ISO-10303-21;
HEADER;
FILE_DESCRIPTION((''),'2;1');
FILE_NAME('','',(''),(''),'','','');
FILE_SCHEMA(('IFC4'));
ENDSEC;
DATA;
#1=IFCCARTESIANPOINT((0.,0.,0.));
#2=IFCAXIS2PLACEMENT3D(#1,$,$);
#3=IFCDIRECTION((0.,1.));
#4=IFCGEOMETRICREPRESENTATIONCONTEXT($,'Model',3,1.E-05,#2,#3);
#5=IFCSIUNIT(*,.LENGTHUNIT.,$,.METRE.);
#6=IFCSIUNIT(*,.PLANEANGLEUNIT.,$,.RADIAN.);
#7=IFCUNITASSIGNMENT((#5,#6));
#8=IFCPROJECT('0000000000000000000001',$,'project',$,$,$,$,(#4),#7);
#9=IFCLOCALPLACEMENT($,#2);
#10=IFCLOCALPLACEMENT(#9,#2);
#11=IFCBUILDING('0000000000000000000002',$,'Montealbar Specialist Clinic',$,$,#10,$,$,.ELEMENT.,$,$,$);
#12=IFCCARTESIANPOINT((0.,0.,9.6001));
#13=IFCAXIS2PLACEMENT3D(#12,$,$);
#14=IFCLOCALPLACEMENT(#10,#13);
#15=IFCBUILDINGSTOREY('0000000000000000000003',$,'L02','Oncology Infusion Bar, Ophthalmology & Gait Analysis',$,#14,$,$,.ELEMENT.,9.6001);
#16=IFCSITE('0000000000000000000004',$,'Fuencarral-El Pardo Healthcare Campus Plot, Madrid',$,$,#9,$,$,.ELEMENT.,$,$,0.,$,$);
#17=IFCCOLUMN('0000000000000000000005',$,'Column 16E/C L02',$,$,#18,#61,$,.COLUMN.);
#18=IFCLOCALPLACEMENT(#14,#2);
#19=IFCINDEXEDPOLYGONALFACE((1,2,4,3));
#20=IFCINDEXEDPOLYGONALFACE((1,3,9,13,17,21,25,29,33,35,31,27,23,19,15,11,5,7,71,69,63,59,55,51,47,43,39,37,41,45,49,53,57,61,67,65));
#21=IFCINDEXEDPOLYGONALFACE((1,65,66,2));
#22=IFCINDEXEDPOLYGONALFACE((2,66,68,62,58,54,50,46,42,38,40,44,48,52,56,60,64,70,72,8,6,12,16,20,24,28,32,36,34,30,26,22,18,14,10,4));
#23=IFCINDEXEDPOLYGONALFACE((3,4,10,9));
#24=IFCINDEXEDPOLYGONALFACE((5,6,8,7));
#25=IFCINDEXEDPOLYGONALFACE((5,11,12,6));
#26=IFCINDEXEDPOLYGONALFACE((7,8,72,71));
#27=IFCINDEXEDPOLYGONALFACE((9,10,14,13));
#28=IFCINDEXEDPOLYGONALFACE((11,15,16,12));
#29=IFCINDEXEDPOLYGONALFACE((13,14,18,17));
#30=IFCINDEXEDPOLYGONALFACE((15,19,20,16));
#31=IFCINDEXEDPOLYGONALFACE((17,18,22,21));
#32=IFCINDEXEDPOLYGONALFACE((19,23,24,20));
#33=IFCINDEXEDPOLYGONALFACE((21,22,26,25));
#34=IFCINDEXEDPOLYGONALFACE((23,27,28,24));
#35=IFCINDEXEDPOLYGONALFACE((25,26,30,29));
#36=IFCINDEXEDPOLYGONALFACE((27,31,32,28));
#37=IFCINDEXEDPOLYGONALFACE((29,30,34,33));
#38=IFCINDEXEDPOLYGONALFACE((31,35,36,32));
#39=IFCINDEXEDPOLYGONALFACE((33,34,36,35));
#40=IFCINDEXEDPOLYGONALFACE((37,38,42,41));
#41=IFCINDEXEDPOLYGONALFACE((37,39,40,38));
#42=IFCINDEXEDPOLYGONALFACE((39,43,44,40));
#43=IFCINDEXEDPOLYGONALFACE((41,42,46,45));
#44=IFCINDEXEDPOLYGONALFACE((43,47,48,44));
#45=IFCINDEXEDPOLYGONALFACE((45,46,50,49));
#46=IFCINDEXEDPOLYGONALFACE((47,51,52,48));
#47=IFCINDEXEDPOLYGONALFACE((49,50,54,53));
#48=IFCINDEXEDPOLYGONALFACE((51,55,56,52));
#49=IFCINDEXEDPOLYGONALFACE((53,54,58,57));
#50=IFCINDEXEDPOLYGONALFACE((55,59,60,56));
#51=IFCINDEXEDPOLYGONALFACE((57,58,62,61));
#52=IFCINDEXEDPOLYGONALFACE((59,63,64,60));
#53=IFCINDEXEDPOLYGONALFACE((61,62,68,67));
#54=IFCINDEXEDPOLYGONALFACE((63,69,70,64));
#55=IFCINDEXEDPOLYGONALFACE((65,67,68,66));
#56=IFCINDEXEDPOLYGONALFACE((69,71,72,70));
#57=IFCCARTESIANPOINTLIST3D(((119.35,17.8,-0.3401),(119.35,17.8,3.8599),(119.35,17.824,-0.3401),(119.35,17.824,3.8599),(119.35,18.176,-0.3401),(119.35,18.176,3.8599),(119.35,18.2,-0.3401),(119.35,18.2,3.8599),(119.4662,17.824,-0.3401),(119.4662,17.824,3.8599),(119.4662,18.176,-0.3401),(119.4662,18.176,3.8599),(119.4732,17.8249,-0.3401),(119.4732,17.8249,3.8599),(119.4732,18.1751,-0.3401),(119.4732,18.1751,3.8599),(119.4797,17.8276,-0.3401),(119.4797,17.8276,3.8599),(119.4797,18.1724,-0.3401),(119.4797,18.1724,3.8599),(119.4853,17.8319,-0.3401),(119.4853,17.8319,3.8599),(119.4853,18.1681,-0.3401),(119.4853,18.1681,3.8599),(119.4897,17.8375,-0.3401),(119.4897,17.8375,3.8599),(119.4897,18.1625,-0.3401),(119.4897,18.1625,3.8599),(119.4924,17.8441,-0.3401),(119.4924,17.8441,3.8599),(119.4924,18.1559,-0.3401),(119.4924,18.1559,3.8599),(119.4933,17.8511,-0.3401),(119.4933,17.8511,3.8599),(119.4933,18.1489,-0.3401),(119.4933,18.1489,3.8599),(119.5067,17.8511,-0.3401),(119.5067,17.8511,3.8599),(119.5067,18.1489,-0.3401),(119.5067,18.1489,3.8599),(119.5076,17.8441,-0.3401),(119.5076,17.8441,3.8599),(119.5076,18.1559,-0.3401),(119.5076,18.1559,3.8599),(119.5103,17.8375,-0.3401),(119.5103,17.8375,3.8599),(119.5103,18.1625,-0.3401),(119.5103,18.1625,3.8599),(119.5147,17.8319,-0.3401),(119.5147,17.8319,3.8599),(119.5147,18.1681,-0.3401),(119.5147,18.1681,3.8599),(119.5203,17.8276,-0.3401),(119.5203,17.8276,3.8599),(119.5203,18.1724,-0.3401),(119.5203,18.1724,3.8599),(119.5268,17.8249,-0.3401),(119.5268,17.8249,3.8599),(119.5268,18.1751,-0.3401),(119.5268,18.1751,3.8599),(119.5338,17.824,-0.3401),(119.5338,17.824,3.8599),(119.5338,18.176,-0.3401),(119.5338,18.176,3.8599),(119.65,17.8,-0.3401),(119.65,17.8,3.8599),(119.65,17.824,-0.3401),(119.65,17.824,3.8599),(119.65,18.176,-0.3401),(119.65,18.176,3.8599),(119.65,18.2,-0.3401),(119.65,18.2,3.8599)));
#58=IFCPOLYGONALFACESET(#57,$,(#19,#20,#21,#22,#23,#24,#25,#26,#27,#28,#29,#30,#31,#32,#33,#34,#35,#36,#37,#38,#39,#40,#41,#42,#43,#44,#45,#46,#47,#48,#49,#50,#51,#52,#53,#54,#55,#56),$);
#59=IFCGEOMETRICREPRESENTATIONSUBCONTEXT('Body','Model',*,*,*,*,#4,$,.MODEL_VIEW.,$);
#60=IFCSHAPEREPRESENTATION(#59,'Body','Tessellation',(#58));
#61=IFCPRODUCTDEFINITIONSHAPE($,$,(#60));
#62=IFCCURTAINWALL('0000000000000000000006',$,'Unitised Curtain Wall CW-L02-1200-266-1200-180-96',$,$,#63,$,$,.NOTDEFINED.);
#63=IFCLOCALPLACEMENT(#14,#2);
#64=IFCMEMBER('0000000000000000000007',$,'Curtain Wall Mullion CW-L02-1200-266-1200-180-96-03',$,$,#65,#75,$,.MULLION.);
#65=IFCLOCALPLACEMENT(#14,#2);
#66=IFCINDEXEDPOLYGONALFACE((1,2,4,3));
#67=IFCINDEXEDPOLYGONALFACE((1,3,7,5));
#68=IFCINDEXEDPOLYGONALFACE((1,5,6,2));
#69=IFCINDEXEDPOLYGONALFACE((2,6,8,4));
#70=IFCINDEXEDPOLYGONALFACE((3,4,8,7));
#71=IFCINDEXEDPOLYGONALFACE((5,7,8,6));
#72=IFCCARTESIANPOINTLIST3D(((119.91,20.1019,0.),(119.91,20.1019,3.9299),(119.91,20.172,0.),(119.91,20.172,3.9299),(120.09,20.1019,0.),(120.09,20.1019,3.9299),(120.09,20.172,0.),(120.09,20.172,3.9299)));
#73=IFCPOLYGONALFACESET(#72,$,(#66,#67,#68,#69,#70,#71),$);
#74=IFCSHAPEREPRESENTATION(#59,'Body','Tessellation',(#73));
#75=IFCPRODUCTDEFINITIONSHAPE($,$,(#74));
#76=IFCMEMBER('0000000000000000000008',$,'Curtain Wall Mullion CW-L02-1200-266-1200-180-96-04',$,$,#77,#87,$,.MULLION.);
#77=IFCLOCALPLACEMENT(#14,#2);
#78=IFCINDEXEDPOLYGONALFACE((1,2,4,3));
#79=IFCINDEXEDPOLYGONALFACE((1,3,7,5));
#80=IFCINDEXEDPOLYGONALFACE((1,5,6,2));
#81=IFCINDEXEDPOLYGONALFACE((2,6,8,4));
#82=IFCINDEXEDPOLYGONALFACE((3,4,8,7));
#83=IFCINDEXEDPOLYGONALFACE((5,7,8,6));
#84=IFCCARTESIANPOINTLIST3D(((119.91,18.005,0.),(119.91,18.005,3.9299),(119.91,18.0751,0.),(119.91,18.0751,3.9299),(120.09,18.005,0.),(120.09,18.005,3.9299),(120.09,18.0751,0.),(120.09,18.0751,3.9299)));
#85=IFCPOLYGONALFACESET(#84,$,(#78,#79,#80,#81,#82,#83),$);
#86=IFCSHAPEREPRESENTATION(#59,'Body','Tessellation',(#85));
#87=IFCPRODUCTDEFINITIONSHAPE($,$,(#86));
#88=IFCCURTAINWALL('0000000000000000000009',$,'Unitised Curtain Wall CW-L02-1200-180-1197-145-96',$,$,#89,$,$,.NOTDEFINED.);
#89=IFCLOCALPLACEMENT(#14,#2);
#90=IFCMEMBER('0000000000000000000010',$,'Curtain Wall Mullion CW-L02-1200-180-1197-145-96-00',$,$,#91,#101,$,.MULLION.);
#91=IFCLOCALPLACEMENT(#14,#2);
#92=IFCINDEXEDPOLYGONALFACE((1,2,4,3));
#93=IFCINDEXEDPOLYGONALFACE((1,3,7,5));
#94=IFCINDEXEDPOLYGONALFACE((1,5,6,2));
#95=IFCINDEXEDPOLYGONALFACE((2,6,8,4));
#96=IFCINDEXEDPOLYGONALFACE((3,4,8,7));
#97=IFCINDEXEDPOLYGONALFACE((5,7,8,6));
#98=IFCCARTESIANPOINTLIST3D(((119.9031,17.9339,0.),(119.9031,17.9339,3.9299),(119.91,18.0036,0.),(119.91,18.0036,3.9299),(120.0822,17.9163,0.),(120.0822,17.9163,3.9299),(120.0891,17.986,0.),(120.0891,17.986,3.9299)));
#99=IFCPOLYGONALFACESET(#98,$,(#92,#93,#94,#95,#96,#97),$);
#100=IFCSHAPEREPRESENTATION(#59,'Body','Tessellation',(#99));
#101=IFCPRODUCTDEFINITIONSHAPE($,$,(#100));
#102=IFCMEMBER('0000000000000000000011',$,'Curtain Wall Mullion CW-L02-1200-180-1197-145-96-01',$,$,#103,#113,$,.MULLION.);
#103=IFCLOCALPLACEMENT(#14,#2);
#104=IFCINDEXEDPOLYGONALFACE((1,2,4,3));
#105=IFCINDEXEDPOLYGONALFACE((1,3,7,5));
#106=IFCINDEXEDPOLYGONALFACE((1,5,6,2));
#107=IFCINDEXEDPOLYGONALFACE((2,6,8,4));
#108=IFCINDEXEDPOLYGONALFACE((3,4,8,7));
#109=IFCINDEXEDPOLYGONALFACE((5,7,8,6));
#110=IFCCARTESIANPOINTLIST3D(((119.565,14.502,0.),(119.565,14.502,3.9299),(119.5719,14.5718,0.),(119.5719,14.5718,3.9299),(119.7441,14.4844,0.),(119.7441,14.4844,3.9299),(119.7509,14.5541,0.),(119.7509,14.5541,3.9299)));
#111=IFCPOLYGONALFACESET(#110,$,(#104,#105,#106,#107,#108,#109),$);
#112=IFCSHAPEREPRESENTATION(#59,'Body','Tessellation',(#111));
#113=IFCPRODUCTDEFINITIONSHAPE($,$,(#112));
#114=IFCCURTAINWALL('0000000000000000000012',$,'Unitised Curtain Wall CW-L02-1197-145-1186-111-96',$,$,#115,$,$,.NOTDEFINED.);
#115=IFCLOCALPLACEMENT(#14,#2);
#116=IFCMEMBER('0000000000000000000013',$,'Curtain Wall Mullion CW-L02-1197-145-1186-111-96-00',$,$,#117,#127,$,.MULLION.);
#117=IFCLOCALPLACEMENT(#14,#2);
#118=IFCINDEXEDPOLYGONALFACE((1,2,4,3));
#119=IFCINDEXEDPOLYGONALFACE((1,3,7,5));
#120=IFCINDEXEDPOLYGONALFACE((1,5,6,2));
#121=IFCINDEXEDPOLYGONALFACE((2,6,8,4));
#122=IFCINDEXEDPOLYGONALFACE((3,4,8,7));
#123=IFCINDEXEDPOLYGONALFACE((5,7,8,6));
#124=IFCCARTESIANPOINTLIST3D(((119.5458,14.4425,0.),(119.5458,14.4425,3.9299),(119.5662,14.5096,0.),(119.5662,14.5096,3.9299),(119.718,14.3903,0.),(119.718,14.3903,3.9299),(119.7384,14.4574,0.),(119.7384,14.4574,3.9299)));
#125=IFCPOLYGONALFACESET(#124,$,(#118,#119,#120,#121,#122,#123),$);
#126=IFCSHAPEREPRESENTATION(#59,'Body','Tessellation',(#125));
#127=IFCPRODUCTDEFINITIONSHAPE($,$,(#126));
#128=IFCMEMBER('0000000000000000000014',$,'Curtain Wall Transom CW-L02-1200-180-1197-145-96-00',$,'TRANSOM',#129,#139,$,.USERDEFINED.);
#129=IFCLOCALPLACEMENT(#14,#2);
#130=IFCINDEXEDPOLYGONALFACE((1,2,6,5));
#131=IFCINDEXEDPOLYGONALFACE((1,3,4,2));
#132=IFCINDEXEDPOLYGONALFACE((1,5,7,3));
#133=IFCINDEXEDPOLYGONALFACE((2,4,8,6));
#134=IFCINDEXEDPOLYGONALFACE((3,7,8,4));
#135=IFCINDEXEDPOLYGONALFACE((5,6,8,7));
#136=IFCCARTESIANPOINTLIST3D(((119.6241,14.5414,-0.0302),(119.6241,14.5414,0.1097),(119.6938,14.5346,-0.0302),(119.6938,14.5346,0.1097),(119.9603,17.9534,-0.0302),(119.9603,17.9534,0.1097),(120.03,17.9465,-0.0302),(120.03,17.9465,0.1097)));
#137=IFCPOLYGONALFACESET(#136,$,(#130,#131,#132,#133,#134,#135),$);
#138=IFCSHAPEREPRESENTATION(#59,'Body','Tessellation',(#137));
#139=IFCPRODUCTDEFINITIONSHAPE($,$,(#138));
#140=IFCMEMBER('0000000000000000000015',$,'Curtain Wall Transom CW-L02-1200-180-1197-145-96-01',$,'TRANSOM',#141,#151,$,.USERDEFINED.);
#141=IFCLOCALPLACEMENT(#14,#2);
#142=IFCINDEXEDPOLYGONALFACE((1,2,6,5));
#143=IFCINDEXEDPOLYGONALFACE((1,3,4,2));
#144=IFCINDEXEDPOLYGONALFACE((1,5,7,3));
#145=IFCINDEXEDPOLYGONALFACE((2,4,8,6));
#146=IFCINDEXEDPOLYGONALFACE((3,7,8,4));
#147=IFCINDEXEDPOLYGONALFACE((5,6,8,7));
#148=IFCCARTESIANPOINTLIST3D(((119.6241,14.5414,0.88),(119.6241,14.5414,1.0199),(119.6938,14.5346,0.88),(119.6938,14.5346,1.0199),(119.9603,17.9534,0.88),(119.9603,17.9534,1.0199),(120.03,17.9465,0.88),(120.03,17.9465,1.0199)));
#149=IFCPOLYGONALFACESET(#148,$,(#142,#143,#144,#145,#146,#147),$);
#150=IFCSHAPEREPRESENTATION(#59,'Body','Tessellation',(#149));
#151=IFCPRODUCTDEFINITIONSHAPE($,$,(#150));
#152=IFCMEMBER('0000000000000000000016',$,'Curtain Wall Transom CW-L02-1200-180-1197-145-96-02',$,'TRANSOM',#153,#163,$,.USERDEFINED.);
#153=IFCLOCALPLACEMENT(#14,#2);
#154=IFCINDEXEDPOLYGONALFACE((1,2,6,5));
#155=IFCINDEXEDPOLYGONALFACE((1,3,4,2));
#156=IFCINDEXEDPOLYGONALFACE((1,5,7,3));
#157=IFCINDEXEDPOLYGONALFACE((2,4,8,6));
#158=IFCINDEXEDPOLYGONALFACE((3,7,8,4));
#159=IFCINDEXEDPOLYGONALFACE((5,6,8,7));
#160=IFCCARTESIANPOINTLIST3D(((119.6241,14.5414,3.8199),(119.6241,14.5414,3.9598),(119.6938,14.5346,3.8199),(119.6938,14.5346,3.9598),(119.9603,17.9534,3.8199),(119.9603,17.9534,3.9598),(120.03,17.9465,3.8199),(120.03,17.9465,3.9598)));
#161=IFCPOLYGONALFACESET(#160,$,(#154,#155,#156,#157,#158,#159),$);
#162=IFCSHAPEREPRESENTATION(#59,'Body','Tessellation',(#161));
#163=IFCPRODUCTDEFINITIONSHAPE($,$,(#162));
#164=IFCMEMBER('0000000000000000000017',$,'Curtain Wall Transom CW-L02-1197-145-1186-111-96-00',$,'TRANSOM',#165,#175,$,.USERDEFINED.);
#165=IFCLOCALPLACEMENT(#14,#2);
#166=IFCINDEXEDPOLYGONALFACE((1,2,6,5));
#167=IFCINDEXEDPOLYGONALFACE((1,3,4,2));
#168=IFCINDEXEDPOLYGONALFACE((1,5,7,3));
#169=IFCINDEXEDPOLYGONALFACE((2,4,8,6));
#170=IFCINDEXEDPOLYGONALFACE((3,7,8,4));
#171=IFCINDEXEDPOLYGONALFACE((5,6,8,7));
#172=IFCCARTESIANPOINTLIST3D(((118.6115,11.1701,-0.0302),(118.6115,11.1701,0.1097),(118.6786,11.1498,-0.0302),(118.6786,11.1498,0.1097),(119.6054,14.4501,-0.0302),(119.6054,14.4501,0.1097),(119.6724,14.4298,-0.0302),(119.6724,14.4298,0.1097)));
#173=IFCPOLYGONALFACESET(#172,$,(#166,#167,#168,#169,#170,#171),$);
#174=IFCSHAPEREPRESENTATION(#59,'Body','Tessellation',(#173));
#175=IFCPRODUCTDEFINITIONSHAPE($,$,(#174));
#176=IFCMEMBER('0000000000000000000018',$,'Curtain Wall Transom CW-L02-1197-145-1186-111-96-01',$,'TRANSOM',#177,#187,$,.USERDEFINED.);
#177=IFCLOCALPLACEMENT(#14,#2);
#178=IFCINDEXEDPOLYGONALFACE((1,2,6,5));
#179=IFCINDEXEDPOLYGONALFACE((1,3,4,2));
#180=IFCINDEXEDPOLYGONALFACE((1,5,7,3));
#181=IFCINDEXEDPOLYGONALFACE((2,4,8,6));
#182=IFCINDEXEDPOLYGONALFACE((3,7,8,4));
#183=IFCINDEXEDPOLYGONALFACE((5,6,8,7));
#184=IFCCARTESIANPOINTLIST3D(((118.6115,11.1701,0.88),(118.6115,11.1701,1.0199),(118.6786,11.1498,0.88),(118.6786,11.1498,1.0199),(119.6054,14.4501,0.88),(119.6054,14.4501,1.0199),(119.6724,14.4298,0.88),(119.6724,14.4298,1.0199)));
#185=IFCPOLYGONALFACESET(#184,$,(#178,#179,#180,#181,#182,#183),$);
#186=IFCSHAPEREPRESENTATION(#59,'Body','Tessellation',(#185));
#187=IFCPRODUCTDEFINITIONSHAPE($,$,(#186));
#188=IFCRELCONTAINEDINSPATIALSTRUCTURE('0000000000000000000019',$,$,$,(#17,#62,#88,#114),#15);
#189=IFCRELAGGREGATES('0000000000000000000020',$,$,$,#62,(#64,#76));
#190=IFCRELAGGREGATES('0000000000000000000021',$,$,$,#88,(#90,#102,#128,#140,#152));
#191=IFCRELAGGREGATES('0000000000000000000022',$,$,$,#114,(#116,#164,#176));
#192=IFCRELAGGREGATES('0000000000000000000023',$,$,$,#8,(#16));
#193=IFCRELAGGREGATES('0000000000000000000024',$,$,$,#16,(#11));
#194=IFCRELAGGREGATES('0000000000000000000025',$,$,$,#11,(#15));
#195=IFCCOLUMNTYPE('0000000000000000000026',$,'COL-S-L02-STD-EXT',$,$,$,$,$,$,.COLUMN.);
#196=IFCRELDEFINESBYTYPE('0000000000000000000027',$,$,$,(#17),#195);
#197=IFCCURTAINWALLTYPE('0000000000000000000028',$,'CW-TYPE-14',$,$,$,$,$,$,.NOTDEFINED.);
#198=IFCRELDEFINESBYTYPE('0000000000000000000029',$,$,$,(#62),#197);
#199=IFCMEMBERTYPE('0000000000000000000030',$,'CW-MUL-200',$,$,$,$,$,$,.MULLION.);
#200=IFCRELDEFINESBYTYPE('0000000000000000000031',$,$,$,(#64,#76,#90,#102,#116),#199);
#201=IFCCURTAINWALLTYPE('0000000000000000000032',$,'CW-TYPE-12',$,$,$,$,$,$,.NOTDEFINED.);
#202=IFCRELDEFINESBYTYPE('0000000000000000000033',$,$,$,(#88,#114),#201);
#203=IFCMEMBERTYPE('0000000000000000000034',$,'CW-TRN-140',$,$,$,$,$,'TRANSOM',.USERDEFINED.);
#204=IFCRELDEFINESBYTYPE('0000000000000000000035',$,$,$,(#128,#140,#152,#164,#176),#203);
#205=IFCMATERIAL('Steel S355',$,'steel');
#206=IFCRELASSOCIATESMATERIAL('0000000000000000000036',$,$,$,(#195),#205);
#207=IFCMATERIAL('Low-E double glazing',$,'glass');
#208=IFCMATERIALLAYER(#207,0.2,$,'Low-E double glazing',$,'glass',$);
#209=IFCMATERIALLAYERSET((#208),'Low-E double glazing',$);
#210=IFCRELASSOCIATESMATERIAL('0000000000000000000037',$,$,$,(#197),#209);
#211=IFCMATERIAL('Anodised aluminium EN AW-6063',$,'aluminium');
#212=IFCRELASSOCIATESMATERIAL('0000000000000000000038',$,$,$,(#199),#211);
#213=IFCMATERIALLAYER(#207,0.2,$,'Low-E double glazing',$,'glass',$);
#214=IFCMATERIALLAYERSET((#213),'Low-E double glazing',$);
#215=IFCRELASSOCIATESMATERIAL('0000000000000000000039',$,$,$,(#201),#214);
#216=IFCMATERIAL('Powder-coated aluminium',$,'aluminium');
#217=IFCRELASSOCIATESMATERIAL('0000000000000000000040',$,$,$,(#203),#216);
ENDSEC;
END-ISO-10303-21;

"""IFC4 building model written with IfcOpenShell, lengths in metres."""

from ifc_helpers import new_model, si_unit, direction, frame, origin, origin_2d, place, context, subcontext, project, spatial, rectangle, i_section, extrude, material, layer, layer_set, material_profile, profile_set, type_object, element, aggregate, save


model = new_model("IFC4")

# Units and contexts
model_context = context("Model", 3, precision=1e-05, world=origin(), true_north=direction((0.0, 1.0)))
body_context = subcontext(model_context, "Body", "Model", "MODEL_VIEW")
ifc_project = project(units=[si_unit("LENGTHUNIT", "METRE"), si_unit("PLANEANGLEUNIT", "RADIAN")], contexts=[model_context])

# Site, building, storey
site_placement = place(None, origin())
site = spatial("IfcSite", under=ifc_project, at=site_placement, Name="Fuencarral-El Pardo Healthcare Campus Plot, Madrid", CompositionType="ELEMENT", RefElevation=0.0)
building_placement = place(site_placement, origin())
building = spatial("IfcBuilding", under=site, at=building_placement, Name="Montealbar Specialist Clinic", CompositionType="ELEMENT")
storey_placement = place(building_placement, frame((0.0, 0.0, 9.6001)))
storey = spatial("IfcBuildingStorey", under=building, at=storey_placement, Name="L02", Description="Oncology Infusion Bar, Ophthalmology & Gait Analysis", CompositionType="ELEMENT", Elevation=9.6001)

# Column
ifc_material_1 = material(Name="Steel S355", Category="steel")
ifc_material_profile_1 = material_profile(ifc_material_1, i_section(OverallWidth=0.3, OverallDepth=0.3999, WebThickness=0.0134, FlangeThickness=0.0239, FilletRadius=0.0271, at=origin_2d()), Name="HEB 400", Category="steel")
ifc_profile_set_1 = profile_set([ifc_material_profile_1], Name="Steel S355")
column_type = type_object("IfcColumnType", Name="COL-S-L02-STD-EXT", PredefinedType="COLUMN", material=ifc_profile_set_1)
column_placement = place(storey_placement, frame((119.5, 18.0, -0.3401), z_axis=(0.0, 0.0, 1.0), x_axis=(1.0, 0.0, 0.0)))
element("IfcColumn", 1, at=column_placement, inside=storey, type_object=column_type, Name="Column 16E/C L02", PredefinedType="COLUMN", context=body_context, shape_type="SweptSolid", body=[
    extrude(i_section(OverallWidth=0.3, OverallDepth=0.3999, WebThickness=0.0134, FlangeThickness=0.0239, FilletRadius=0.0271, at=origin_2d()), origin(), (0.0, 0.0, 1.0), 4.2),
])

# Curtain walls, members
ifc_material_2 = material(Name="Low-E double glazing", Category="glass")
ifc_layer_1 = layer(ifc_material_2, 0.2, Name="Low-E double glazing", Category="glass")
ifc_layer_set_1 = layer_set([ifc_layer_1], Name="Low-E double glazing")
curtain_wall_type_1 = type_object("IfcCurtainWallType", Name="CW-TYPE-14", PredefinedType="NOTDEFINED", material=ifc_layer_set_1)
curtain_wall_1_placement = place(storey_placement, origin())
curtain_wall_1 = element("IfcCurtainWall", 2, at=curtain_wall_1_placement, inside=storey, type_object=curtain_wall_type_1, Name="Unitised Curtain Wall CW-L02-1200-266-1200-180-96", PredefinedType="NOTDEFINED")
ifc_material_3 = material(Name="Anodised aluminium EN AW-6063", Category="aluminium")
ifc_material_profile_2 = material_profile(ifc_material_3, rectangle(XDim=0.0701, YDim=0.1799, at=origin_2d()), Name="ALU 70x180", Category="aluminium")
ifc_profile_set_2 = profile_set([ifc_material_profile_2], Name="Anodised aluminium EN AW-6063")
member_type_1 = type_object("IfcMemberType", Name="CW-MUL-200", PredefinedType="MULLION", material=ifc_profile_set_2)
member_1_placement = place(storey_placement, frame((120.0, 20.137, 0.0), z_axis=(0.0, 0.0, 1.0), x_axis=(0.0, -1.0, 0.0)))
member_1 = element("IfcMember", 3, at=member_1_placement, type_object=member_type_1, Name="Curtain Wall Mullion CW-L02-1200-266-1200-180-96-03", PredefinedType="MULLION", context=body_context, shape_type="SweptSolid", body=[
    extrude(rectangle(XDim=0.0701, YDim=0.1799, at=origin_2d()), origin(), (0.0, 0.0, 1.0), 3.9299),
])
member_2_placement = place(storey_placement, frame((120.0, 18.04, 0.0), z_axis=(0.0, 0.0, 1.0), x_axis=(0.0, -1.0, 0.0)))
member_2 = element("IfcMember", 4, at=member_2_placement, type_object=member_type_1, Name="Curtain Wall Mullion CW-L02-1200-266-1200-180-96-04", PredefinedType="MULLION", context=body_context, shape_type="SweptSolid", body=[
    extrude(rectangle(XDim=0.0701, YDim=0.1799, at=origin_2d()), origin(), (0.0, 0.0, 1.0), 3.9299),
])
ifc_layer_2 = layer(ifc_material_2, 0.2, Name="Low-E double glazing", Category="glass")
ifc_layer_set_2 = layer_set([ifc_layer_2], Name="Low-E double glazing")
curtain_wall_type_2 = type_object("IfcCurtainWallType", Name="CW-TYPE-12", PredefinedType="NOTDEFINED", material=ifc_layer_set_2)
curtain_wall_2_placement = place(storey_placement, origin())
curtain_wall_2 = element("IfcCurtainWall", 5, at=curtain_wall_2_placement, inside=storey, type_object=curtain_wall_type_2, Name="Unitised Curtain Wall CW-L02-1200-180-1197-145-96", PredefinedType="NOTDEFINED")
member_3_placement = place(storey_placement, frame((119.9961, 17.96, 0.0), z_axis=(0.0, 0.0, 1.0), x_axis=(-0.098045, -0.995182, 0.0)))
member_3 = element("IfcMember", 6, at=member_3_placement, type_object=member_type_1, Name="Curtain Wall Mullion CW-L02-1200-180-1197-145-96-00", PredefinedType="MULLION", context=body_context, shape_type="SweptSolid", body=[
    extrude(rectangle(XDim=0.0701, YDim=0.1799, at=origin_2d()), origin(), (0.0, 0.0, 1.0), 3.9299),
])
member_4_placement = place(storey_placement, frame((119.658, 14.5281, 0.0), z_axis=(0.0, 0.0, 1.0), x_axis=(-0.098045, -0.995182, 0.0)))
member_4 = element("IfcMember", 7, at=member_4_placement, type_object=member_type_1, Name="Curtain Wall Mullion CW-L02-1200-180-1197-145-96-01", PredefinedType="MULLION", context=body_context, shape_type="SweptSolid", body=[
    extrude(rectangle(XDim=0.0701, YDim=0.1799, at=origin_2d()), origin(), (0.0, 0.0, 1.0), 3.9299),
])

# Curtain wall, member
curtain_wall_3_placement = place(storey_placement, origin())
curtain_wall_3 = element("IfcCurtainWall", 8, at=curtain_wall_3_placement, inside=storey, type_object=curtain_wall_type_2, Name="Unitised Curtain Wall CW-L02-1197-145-1186-111-96", PredefinedType="NOTDEFINED")
member_5_placement = place(storey_placement, frame((119.6421, 14.45, 0.0), z_axis=(0.0, 0.0, 1.0), x_axis=(-0.290259, -0.956948, 0.0)))
member_5 = element("IfcMember", 9, at=member_5_placement, type_object=member_type_1, Name="Curtain Wall Mullion CW-L02-1197-145-1186-111-96-00", PredefinedType="MULLION", context=body_context, shape_type="SweptSolid", body=[
    extrude(rectangle(XDim=0.0701, YDim=0.1799, at=origin_2d()), origin(), (0.0, 0.0, 1.0), 3.9299),
])

# Members
ifc_material_4 = material(Name="Powder-coated aluminium", Category="aluminium")
ifc_material_profile_3 = material_profile(ifc_material_4, rectangle(XDim=0.0701, YDim=0.1399, at=origin_2d()), Name="ALU 70x140", Category="aluminium")
ifc_profile_set_3 = profile_set([ifc_material_profile_3], Name="Powder-coated aluminium")
member_type_2 = type_object("IfcMemberType", Name="CW-TRN-140", ElementType="TRANSOM", PredefinedType="USERDEFINED", material=ifc_profile_set_3)
member_6_placement = place(storey_placement, frame((119.9951, 17.95, 0.0398), z_axis=(-0.098058, -0.995181, 0.0), x_axis=(0.995181, -0.098058, 0.0)))
member_6 = element("IfcMember", 10, at=member_6_placement, type_object=member_type_2, Name="Curtain Wall Transom CW-L02-1200-180-1197-145-96-00", ObjectType="TRANSOM", PredefinedType="USERDEFINED", context=body_context, shape_type="SweptSolid", body=[
    extrude(rectangle(XDim=0.0701, YDim=0.1399, at=origin_2d()), origin(), (0.0, 0.0, 1.0), 3.4285),
])
member_7_placement = place(storey_placement, frame((119.9951, 17.95, 0.95), z_axis=(-0.098058, -0.995181, 0.0), x_axis=(0.995181, -0.098058, 0.0)))
member_7 = element("IfcMember", 11, at=member_7_placement, type_object=member_type_2, Name="Curtain Wall Transom CW-L02-1200-180-1197-145-96-01", ObjectType="TRANSOM", PredefinedType="USERDEFINED", context=body_context, shape_type="SweptSolid", body=[
    extrude(rectangle(XDim=0.0701, YDim=0.1399, at=origin_2d()), origin(), (0.0, 0.0, 1.0), 3.4285),
])
member_8_placement = place(storey_placement, frame((119.9951, 17.95, 3.8899), z_axis=(-0.098058, -0.995181, 0.0), x_axis=(0.995181, -0.098058, 0.0)))
member_8 = element("IfcMember", 12, at=member_8_placement, type_object=member_type_2, Name="Curtain Wall Transom CW-L02-1200-180-1197-145-96-02", ObjectType="TRANSOM", PredefinedType="USERDEFINED", context=body_context, shape_type="SweptSolid", body=[
    extrude(rectangle(XDim=0.0701, YDim=0.1399, at=origin_2d()), origin(), (0.0, 0.0, 1.0), 3.4285),
])
member_9_placement = place(storey_placement, frame((119.6389, 14.4399, 0.0398), z_axis=(-0.289994, -0.957029, 0.0), x_axis=(0.957029, -0.289994, 0.0)))
member_9 = element("IfcMember", 13, at=member_9_placement, type_object=member_type_2, Name="Curtain Wall Transom CW-L02-1197-145-1186-111-96-00", ObjectType="TRANSOM", PredefinedType="USERDEFINED", context=body_context, shape_type="SweptSolid", body=[
    extrude(rectangle(XDim=0.0701, YDim=0.1399, at=origin_2d()), origin(), (0.0, 0.0, 1.0), 3.4272),
])
member_10_placement = place(storey_placement, frame((119.6389, 14.4399, 0.95), z_axis=(-0.289994, -0.957029, 0.0), x_axis=(0.957029, -0.289994, 0.0)))
member_10 = element("IfcMember", 14, at=member_10_placement, type_object=member_type_2, Name="Curtain Wall Transom CW-L02-1197-145-1186-111-96-01", ObjectType="TRANSOM", PredefinedType="USERDEFINED", context=body_context, shape_type="SweptSolid", body=[
    extrude(rectangle(XDim=0.0701, YDim=0.1399, at=origin_2d()), origin(), (0.0, 0.0, 1.0), 3.4272),
])

aggregate(curtain_wall_1, [member_1, member_2])
aggregate(curtain_wall_2, [member_3, member_4, member_6, member_7, member_8])
aggregate(curtain_wall_3, [member_5, member_9, member_10])

save(model, "model.ifc")
